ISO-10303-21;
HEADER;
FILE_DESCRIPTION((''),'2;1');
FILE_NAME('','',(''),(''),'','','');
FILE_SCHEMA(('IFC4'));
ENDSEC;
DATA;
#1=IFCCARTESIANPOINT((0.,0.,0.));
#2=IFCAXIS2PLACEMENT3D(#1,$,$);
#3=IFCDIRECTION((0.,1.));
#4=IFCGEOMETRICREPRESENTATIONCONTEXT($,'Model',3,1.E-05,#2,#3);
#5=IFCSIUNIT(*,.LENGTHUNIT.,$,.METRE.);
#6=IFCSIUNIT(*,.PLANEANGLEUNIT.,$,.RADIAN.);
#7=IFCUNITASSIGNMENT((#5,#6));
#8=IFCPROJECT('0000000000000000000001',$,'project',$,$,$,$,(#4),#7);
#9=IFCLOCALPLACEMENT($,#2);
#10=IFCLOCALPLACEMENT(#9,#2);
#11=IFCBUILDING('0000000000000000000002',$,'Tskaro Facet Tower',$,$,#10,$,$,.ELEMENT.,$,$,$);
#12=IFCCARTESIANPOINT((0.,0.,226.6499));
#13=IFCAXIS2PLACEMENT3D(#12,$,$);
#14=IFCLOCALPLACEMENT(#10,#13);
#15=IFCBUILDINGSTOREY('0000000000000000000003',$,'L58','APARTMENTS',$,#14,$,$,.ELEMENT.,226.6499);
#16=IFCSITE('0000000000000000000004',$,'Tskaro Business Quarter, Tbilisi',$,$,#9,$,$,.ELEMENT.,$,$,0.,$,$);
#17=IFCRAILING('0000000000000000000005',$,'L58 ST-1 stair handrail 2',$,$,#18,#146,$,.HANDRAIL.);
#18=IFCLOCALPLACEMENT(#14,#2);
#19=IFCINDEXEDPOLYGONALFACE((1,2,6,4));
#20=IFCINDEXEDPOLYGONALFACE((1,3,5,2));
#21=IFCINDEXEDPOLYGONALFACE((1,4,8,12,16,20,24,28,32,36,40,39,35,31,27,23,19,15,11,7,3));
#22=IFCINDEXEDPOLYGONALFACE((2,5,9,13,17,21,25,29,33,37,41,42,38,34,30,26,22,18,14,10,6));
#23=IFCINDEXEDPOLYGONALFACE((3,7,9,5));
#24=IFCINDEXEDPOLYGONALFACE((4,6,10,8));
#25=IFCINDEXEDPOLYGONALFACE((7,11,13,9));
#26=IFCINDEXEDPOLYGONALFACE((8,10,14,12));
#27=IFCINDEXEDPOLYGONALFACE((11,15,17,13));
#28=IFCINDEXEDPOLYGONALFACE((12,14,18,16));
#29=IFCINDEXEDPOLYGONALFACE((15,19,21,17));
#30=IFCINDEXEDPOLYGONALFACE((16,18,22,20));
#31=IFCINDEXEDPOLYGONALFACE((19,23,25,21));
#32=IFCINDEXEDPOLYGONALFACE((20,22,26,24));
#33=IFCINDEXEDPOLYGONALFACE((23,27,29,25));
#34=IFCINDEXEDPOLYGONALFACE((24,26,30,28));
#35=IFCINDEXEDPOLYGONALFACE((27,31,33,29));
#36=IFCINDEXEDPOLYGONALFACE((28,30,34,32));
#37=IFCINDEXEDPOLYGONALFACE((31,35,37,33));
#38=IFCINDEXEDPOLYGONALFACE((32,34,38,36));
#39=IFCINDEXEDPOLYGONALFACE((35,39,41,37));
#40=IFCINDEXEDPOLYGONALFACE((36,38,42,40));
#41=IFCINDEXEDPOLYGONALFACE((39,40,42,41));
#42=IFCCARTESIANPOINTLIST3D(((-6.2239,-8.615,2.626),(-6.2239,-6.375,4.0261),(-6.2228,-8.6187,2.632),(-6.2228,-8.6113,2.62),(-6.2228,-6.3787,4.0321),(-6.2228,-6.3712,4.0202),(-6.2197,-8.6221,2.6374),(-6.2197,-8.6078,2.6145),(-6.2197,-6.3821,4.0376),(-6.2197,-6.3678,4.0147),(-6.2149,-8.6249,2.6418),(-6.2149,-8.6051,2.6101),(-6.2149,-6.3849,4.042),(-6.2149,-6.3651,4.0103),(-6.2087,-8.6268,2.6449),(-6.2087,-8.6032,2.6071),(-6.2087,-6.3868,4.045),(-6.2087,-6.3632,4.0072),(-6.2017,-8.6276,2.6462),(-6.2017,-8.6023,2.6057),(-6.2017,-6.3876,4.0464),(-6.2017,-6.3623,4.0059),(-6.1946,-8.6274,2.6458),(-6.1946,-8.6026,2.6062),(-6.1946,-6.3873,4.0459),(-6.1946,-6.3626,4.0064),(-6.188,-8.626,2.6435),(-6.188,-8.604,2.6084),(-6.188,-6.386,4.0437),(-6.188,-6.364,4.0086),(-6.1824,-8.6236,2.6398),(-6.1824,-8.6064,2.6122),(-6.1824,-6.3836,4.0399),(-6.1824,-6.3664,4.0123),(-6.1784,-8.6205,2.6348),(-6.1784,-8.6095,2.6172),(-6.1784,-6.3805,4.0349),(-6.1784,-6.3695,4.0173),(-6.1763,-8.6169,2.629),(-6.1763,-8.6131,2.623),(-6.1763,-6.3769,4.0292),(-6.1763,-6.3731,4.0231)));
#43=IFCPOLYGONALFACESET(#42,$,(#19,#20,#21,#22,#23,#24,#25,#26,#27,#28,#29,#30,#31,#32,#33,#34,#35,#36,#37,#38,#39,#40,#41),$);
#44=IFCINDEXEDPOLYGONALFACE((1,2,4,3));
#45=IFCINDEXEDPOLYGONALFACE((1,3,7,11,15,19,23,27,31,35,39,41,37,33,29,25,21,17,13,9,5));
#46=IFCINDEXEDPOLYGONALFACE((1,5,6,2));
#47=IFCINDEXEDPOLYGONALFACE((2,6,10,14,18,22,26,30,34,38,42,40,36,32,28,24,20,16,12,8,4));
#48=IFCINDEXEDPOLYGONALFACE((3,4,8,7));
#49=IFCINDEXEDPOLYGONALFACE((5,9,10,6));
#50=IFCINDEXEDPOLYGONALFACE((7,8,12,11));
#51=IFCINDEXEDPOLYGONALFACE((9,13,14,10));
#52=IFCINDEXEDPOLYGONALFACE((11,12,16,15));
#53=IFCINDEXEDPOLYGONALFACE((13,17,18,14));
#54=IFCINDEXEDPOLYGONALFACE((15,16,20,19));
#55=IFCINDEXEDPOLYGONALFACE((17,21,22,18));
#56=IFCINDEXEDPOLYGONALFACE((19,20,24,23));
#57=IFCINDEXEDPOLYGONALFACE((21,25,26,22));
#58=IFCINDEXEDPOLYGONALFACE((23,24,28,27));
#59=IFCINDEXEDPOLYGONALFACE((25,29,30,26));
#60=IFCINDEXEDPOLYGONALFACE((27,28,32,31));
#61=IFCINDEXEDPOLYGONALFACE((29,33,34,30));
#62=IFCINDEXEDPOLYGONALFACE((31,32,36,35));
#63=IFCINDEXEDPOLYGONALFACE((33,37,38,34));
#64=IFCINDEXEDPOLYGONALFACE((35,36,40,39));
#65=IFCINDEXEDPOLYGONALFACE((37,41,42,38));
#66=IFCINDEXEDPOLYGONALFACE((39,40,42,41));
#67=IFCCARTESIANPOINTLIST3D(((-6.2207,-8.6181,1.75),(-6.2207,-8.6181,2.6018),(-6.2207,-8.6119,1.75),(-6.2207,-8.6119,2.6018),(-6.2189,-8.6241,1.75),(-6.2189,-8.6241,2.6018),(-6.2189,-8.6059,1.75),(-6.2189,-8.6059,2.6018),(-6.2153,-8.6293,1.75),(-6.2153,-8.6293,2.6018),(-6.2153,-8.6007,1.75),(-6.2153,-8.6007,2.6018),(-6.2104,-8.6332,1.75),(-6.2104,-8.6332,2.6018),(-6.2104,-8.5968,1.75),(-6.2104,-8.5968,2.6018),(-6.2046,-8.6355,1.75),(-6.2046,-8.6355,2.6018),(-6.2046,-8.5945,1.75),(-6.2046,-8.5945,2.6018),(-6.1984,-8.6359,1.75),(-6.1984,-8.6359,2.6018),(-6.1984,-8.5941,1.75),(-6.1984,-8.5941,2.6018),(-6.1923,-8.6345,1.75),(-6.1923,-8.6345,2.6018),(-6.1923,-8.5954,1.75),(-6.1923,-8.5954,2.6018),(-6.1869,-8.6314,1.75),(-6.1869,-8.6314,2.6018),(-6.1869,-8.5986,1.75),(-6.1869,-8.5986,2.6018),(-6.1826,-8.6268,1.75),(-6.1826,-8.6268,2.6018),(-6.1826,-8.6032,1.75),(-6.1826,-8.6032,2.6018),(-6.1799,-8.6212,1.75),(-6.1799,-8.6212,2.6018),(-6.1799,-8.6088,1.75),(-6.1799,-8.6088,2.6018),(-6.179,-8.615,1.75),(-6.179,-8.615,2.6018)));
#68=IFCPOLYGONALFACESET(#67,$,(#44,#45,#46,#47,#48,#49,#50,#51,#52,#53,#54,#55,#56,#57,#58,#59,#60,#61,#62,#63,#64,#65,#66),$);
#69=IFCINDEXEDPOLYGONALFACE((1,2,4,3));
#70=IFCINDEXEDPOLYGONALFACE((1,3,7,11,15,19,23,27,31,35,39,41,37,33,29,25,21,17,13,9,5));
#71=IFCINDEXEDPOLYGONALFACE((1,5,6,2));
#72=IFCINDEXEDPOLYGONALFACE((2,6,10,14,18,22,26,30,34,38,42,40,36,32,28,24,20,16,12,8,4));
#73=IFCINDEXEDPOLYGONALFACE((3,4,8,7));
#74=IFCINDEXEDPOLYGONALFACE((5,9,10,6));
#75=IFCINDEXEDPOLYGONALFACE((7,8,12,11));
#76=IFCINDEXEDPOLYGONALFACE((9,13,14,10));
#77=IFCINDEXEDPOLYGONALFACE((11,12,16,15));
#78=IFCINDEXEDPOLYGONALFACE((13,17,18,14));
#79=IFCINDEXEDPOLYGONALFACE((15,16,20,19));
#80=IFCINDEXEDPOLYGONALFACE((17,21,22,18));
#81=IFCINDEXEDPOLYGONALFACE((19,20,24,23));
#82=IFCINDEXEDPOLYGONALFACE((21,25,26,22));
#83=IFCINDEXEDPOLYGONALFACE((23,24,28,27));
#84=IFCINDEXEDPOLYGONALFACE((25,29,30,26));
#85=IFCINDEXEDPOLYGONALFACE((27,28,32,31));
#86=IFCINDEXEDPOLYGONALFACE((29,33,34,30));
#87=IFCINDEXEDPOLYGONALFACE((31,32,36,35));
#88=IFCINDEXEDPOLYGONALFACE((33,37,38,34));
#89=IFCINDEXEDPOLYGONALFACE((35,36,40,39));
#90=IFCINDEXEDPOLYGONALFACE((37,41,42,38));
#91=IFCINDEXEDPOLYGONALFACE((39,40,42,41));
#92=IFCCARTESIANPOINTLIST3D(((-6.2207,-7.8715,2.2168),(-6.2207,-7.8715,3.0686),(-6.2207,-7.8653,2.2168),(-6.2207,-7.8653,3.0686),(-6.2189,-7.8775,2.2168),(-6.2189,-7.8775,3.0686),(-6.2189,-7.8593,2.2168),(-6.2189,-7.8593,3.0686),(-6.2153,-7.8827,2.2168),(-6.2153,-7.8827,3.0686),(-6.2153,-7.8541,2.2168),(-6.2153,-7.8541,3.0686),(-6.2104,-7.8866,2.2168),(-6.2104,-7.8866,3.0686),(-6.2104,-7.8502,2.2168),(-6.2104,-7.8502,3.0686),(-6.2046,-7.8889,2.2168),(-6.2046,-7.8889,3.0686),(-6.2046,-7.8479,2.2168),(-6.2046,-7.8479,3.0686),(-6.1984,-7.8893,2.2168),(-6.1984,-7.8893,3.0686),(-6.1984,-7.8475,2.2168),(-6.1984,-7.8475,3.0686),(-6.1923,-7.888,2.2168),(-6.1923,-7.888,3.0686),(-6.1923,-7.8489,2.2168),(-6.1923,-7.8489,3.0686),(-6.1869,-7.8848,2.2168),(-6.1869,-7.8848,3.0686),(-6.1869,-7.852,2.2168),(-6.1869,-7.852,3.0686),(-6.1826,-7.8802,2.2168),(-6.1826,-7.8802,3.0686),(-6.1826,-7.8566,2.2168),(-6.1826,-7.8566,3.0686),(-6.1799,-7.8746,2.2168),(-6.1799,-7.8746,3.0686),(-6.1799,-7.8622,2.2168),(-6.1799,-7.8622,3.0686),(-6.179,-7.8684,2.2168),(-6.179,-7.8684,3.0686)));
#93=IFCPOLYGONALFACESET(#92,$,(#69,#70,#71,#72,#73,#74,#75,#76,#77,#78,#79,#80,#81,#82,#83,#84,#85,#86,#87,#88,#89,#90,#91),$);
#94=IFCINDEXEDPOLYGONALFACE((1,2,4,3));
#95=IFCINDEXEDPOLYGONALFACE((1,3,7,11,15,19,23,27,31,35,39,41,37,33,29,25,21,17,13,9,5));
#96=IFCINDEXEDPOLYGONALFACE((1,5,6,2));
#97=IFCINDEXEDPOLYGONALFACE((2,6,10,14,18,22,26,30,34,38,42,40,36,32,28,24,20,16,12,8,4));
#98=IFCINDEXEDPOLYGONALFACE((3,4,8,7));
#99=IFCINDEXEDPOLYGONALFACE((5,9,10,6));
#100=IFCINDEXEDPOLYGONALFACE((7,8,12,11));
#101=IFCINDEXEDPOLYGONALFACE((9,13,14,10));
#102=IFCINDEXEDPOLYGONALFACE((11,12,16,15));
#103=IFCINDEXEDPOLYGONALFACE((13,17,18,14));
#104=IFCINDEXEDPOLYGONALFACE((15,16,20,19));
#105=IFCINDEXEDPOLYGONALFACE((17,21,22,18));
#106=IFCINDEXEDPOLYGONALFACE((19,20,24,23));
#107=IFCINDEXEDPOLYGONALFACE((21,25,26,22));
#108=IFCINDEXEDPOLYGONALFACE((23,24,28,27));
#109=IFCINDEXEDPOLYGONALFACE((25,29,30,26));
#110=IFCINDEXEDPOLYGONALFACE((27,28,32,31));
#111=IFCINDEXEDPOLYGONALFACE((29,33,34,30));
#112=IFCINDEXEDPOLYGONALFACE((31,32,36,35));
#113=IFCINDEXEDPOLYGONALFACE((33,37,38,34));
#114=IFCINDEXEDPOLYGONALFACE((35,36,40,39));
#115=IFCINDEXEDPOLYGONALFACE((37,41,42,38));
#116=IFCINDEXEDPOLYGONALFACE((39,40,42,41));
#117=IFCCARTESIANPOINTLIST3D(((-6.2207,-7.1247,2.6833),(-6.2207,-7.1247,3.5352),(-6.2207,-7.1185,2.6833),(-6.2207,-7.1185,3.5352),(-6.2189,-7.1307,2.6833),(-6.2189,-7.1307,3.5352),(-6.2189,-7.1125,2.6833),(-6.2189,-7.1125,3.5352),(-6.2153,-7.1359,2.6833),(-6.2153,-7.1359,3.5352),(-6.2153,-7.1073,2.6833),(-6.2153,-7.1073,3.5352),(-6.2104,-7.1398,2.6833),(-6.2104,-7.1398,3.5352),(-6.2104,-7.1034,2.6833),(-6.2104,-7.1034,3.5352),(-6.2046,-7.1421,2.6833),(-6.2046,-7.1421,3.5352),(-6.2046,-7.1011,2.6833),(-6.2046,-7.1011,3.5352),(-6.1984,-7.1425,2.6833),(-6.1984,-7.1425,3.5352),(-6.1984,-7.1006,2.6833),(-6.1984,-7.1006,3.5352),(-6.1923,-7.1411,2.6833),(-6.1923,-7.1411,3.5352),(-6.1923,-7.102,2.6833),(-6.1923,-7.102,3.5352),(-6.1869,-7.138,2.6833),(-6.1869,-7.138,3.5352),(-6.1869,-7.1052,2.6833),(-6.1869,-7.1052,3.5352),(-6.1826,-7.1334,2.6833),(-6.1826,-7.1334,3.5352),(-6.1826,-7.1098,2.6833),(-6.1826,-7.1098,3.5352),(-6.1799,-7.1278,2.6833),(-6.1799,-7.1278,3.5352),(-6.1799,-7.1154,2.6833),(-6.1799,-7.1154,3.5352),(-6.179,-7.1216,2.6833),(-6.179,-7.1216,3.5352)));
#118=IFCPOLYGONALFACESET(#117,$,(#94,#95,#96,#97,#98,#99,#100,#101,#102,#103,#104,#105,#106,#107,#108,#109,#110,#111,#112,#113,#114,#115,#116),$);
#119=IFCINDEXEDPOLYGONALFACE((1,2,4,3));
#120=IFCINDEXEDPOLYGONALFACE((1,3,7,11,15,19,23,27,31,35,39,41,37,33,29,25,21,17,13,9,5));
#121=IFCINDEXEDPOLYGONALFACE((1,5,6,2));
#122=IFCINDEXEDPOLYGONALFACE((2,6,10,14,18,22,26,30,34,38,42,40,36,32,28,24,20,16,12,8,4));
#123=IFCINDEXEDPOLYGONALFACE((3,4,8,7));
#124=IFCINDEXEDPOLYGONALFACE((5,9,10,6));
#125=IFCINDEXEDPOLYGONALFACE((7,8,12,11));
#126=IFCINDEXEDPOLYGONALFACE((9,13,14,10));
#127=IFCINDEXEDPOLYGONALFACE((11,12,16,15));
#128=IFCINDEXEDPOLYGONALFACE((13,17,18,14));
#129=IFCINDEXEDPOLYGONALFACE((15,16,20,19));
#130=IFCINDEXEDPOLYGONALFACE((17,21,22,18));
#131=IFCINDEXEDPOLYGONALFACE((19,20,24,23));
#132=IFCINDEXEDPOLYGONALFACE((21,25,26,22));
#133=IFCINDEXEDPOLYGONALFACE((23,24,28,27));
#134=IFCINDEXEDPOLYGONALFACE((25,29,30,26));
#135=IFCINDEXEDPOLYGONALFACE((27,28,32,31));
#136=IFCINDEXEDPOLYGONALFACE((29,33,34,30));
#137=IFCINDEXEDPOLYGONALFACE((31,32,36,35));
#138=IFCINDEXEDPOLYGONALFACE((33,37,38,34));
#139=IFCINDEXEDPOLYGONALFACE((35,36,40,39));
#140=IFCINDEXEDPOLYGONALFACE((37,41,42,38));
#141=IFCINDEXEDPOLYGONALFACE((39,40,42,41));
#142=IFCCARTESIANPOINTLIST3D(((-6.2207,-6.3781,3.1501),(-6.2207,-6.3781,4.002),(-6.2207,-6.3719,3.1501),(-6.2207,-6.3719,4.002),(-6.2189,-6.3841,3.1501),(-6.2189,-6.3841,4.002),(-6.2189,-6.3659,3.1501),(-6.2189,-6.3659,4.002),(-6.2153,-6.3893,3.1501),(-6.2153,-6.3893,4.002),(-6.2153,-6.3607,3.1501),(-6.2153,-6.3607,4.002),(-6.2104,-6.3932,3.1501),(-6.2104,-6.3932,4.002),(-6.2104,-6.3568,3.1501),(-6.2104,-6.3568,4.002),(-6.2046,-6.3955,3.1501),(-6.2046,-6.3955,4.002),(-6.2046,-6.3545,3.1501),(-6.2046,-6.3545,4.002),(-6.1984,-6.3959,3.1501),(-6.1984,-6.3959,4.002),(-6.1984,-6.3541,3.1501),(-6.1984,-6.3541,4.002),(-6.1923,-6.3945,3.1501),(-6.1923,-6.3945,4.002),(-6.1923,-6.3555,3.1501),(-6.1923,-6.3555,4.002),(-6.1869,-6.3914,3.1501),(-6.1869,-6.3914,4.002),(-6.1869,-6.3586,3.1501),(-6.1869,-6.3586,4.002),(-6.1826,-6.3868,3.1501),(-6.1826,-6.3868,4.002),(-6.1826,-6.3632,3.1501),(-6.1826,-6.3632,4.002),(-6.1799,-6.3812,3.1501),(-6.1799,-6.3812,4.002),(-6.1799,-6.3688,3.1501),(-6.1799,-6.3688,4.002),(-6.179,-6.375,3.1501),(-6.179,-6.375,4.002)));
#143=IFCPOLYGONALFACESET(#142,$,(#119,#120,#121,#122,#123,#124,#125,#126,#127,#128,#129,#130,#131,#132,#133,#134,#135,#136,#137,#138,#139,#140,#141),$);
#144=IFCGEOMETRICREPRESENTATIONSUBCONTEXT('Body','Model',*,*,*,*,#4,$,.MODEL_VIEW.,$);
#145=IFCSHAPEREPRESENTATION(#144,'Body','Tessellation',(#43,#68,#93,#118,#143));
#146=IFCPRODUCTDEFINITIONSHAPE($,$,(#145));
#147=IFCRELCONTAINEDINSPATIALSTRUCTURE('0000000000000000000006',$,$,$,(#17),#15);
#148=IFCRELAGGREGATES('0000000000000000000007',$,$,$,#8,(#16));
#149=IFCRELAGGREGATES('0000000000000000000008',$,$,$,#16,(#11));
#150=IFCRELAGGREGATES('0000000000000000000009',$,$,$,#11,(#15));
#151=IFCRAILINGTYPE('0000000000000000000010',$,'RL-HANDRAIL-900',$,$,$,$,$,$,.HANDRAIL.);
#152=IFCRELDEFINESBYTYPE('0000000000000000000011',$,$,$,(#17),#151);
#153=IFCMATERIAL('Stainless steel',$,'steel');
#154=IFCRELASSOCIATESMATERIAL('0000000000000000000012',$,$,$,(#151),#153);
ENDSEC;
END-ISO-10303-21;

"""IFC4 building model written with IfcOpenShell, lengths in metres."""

from ifc_helpers import new_model, si_unit, direction, frame, origin, origin_2d, place, context, subcontext, project, spatial, circle, extrude, material, type_object, element, save


model = new_model("IFC4")

# Units and contexts
model_context = context("Model", 3, precision=1e-05, world=origin(), true_north=direction((0.0, 1.0)))
body_context = subcontext(model_context, "Body", "Model", "MODEL_VIEW")
ifc_project = project(units=[si_unit("LENGTHUNIT", "METRE"), si_unit("PLANEANGLEUNIT", "RADIAN")], contexts=[model_context])

# Site, building, storey
site_placement = place(None, origin())
site = spatial("IfcSite", under=ifc_project, at=site_placement, Name="Tskaro Business Quarter, Tbilisi", CompositionType="ELEMENT", RefElevation=0.0)
building_placement = place(site_placement, origin())
building = spatial("IfcBuilding", under=site, at=building_placement, Name="Tskaro Facet Tower", CompositionType="ELEMENT")
storey_placement = place(building_placement, frame((0.0, 0.0, 226.6499)))
storey = spatial("IfcBuildingStorey", under=building, at=storey_placement, Name="L58", Description="APARTMENTS", CompositionType="ELEMENT", Elevation=226.6499)

# Shared definitions
ifc_material_1 = material(Name="Stainless steel", Category="steel")

# Railing
railing_type_1 = type_object("IfcRailingType", Name="RL-HANDRAIL-900", PredefinedType="HANDRAIL", material=ifc_material_1)
railing_1_placement = place(storey_placement, frame((-6.2, -8.615, 1.75)))
element("IfcRailing", 1, at=railing_1_placement, inside=storey, type_object=railing_type_1, Name="L58 ST-1 stair handrail 2", PredefinedType="HANDRAIL", context=body_context, shape_type="SweptSolid", body=[
    extrude(circle(Radius=0.0239, at=origin_2d()), frame((0.0, 0.0, 0.876), z_axis=(0.0, 0.847972, 0.53004), x_axis=(-1.0, 0.0, 0.0)), (0.0, 0.0, 1.0), 2.6416),
    extrude(circle(Radius=0.021, at=origin_2d()), origin(), (0.0, 0.0, 1.0), 0.8518),
    extrude(circle(Radius=0.021, at=origin_2d()), frame((0.0, 0.7466, 0.4668)), (0.0, 0.0, 1.0), 0.8518),
    extrude(circle(Radius=0.021, at=origin_2d()), frame((0.0, 1.4934, 0.9333)), (0.0, 0.0, 1.0), 0.8518),
    extrude(circle(Radius=0.021, at=origin_2d()), frame((0.0, 2.24, 1.4001)), (0.0, 0.0, 1.0), 0.8518),
])

save(model, "model.ifc")
